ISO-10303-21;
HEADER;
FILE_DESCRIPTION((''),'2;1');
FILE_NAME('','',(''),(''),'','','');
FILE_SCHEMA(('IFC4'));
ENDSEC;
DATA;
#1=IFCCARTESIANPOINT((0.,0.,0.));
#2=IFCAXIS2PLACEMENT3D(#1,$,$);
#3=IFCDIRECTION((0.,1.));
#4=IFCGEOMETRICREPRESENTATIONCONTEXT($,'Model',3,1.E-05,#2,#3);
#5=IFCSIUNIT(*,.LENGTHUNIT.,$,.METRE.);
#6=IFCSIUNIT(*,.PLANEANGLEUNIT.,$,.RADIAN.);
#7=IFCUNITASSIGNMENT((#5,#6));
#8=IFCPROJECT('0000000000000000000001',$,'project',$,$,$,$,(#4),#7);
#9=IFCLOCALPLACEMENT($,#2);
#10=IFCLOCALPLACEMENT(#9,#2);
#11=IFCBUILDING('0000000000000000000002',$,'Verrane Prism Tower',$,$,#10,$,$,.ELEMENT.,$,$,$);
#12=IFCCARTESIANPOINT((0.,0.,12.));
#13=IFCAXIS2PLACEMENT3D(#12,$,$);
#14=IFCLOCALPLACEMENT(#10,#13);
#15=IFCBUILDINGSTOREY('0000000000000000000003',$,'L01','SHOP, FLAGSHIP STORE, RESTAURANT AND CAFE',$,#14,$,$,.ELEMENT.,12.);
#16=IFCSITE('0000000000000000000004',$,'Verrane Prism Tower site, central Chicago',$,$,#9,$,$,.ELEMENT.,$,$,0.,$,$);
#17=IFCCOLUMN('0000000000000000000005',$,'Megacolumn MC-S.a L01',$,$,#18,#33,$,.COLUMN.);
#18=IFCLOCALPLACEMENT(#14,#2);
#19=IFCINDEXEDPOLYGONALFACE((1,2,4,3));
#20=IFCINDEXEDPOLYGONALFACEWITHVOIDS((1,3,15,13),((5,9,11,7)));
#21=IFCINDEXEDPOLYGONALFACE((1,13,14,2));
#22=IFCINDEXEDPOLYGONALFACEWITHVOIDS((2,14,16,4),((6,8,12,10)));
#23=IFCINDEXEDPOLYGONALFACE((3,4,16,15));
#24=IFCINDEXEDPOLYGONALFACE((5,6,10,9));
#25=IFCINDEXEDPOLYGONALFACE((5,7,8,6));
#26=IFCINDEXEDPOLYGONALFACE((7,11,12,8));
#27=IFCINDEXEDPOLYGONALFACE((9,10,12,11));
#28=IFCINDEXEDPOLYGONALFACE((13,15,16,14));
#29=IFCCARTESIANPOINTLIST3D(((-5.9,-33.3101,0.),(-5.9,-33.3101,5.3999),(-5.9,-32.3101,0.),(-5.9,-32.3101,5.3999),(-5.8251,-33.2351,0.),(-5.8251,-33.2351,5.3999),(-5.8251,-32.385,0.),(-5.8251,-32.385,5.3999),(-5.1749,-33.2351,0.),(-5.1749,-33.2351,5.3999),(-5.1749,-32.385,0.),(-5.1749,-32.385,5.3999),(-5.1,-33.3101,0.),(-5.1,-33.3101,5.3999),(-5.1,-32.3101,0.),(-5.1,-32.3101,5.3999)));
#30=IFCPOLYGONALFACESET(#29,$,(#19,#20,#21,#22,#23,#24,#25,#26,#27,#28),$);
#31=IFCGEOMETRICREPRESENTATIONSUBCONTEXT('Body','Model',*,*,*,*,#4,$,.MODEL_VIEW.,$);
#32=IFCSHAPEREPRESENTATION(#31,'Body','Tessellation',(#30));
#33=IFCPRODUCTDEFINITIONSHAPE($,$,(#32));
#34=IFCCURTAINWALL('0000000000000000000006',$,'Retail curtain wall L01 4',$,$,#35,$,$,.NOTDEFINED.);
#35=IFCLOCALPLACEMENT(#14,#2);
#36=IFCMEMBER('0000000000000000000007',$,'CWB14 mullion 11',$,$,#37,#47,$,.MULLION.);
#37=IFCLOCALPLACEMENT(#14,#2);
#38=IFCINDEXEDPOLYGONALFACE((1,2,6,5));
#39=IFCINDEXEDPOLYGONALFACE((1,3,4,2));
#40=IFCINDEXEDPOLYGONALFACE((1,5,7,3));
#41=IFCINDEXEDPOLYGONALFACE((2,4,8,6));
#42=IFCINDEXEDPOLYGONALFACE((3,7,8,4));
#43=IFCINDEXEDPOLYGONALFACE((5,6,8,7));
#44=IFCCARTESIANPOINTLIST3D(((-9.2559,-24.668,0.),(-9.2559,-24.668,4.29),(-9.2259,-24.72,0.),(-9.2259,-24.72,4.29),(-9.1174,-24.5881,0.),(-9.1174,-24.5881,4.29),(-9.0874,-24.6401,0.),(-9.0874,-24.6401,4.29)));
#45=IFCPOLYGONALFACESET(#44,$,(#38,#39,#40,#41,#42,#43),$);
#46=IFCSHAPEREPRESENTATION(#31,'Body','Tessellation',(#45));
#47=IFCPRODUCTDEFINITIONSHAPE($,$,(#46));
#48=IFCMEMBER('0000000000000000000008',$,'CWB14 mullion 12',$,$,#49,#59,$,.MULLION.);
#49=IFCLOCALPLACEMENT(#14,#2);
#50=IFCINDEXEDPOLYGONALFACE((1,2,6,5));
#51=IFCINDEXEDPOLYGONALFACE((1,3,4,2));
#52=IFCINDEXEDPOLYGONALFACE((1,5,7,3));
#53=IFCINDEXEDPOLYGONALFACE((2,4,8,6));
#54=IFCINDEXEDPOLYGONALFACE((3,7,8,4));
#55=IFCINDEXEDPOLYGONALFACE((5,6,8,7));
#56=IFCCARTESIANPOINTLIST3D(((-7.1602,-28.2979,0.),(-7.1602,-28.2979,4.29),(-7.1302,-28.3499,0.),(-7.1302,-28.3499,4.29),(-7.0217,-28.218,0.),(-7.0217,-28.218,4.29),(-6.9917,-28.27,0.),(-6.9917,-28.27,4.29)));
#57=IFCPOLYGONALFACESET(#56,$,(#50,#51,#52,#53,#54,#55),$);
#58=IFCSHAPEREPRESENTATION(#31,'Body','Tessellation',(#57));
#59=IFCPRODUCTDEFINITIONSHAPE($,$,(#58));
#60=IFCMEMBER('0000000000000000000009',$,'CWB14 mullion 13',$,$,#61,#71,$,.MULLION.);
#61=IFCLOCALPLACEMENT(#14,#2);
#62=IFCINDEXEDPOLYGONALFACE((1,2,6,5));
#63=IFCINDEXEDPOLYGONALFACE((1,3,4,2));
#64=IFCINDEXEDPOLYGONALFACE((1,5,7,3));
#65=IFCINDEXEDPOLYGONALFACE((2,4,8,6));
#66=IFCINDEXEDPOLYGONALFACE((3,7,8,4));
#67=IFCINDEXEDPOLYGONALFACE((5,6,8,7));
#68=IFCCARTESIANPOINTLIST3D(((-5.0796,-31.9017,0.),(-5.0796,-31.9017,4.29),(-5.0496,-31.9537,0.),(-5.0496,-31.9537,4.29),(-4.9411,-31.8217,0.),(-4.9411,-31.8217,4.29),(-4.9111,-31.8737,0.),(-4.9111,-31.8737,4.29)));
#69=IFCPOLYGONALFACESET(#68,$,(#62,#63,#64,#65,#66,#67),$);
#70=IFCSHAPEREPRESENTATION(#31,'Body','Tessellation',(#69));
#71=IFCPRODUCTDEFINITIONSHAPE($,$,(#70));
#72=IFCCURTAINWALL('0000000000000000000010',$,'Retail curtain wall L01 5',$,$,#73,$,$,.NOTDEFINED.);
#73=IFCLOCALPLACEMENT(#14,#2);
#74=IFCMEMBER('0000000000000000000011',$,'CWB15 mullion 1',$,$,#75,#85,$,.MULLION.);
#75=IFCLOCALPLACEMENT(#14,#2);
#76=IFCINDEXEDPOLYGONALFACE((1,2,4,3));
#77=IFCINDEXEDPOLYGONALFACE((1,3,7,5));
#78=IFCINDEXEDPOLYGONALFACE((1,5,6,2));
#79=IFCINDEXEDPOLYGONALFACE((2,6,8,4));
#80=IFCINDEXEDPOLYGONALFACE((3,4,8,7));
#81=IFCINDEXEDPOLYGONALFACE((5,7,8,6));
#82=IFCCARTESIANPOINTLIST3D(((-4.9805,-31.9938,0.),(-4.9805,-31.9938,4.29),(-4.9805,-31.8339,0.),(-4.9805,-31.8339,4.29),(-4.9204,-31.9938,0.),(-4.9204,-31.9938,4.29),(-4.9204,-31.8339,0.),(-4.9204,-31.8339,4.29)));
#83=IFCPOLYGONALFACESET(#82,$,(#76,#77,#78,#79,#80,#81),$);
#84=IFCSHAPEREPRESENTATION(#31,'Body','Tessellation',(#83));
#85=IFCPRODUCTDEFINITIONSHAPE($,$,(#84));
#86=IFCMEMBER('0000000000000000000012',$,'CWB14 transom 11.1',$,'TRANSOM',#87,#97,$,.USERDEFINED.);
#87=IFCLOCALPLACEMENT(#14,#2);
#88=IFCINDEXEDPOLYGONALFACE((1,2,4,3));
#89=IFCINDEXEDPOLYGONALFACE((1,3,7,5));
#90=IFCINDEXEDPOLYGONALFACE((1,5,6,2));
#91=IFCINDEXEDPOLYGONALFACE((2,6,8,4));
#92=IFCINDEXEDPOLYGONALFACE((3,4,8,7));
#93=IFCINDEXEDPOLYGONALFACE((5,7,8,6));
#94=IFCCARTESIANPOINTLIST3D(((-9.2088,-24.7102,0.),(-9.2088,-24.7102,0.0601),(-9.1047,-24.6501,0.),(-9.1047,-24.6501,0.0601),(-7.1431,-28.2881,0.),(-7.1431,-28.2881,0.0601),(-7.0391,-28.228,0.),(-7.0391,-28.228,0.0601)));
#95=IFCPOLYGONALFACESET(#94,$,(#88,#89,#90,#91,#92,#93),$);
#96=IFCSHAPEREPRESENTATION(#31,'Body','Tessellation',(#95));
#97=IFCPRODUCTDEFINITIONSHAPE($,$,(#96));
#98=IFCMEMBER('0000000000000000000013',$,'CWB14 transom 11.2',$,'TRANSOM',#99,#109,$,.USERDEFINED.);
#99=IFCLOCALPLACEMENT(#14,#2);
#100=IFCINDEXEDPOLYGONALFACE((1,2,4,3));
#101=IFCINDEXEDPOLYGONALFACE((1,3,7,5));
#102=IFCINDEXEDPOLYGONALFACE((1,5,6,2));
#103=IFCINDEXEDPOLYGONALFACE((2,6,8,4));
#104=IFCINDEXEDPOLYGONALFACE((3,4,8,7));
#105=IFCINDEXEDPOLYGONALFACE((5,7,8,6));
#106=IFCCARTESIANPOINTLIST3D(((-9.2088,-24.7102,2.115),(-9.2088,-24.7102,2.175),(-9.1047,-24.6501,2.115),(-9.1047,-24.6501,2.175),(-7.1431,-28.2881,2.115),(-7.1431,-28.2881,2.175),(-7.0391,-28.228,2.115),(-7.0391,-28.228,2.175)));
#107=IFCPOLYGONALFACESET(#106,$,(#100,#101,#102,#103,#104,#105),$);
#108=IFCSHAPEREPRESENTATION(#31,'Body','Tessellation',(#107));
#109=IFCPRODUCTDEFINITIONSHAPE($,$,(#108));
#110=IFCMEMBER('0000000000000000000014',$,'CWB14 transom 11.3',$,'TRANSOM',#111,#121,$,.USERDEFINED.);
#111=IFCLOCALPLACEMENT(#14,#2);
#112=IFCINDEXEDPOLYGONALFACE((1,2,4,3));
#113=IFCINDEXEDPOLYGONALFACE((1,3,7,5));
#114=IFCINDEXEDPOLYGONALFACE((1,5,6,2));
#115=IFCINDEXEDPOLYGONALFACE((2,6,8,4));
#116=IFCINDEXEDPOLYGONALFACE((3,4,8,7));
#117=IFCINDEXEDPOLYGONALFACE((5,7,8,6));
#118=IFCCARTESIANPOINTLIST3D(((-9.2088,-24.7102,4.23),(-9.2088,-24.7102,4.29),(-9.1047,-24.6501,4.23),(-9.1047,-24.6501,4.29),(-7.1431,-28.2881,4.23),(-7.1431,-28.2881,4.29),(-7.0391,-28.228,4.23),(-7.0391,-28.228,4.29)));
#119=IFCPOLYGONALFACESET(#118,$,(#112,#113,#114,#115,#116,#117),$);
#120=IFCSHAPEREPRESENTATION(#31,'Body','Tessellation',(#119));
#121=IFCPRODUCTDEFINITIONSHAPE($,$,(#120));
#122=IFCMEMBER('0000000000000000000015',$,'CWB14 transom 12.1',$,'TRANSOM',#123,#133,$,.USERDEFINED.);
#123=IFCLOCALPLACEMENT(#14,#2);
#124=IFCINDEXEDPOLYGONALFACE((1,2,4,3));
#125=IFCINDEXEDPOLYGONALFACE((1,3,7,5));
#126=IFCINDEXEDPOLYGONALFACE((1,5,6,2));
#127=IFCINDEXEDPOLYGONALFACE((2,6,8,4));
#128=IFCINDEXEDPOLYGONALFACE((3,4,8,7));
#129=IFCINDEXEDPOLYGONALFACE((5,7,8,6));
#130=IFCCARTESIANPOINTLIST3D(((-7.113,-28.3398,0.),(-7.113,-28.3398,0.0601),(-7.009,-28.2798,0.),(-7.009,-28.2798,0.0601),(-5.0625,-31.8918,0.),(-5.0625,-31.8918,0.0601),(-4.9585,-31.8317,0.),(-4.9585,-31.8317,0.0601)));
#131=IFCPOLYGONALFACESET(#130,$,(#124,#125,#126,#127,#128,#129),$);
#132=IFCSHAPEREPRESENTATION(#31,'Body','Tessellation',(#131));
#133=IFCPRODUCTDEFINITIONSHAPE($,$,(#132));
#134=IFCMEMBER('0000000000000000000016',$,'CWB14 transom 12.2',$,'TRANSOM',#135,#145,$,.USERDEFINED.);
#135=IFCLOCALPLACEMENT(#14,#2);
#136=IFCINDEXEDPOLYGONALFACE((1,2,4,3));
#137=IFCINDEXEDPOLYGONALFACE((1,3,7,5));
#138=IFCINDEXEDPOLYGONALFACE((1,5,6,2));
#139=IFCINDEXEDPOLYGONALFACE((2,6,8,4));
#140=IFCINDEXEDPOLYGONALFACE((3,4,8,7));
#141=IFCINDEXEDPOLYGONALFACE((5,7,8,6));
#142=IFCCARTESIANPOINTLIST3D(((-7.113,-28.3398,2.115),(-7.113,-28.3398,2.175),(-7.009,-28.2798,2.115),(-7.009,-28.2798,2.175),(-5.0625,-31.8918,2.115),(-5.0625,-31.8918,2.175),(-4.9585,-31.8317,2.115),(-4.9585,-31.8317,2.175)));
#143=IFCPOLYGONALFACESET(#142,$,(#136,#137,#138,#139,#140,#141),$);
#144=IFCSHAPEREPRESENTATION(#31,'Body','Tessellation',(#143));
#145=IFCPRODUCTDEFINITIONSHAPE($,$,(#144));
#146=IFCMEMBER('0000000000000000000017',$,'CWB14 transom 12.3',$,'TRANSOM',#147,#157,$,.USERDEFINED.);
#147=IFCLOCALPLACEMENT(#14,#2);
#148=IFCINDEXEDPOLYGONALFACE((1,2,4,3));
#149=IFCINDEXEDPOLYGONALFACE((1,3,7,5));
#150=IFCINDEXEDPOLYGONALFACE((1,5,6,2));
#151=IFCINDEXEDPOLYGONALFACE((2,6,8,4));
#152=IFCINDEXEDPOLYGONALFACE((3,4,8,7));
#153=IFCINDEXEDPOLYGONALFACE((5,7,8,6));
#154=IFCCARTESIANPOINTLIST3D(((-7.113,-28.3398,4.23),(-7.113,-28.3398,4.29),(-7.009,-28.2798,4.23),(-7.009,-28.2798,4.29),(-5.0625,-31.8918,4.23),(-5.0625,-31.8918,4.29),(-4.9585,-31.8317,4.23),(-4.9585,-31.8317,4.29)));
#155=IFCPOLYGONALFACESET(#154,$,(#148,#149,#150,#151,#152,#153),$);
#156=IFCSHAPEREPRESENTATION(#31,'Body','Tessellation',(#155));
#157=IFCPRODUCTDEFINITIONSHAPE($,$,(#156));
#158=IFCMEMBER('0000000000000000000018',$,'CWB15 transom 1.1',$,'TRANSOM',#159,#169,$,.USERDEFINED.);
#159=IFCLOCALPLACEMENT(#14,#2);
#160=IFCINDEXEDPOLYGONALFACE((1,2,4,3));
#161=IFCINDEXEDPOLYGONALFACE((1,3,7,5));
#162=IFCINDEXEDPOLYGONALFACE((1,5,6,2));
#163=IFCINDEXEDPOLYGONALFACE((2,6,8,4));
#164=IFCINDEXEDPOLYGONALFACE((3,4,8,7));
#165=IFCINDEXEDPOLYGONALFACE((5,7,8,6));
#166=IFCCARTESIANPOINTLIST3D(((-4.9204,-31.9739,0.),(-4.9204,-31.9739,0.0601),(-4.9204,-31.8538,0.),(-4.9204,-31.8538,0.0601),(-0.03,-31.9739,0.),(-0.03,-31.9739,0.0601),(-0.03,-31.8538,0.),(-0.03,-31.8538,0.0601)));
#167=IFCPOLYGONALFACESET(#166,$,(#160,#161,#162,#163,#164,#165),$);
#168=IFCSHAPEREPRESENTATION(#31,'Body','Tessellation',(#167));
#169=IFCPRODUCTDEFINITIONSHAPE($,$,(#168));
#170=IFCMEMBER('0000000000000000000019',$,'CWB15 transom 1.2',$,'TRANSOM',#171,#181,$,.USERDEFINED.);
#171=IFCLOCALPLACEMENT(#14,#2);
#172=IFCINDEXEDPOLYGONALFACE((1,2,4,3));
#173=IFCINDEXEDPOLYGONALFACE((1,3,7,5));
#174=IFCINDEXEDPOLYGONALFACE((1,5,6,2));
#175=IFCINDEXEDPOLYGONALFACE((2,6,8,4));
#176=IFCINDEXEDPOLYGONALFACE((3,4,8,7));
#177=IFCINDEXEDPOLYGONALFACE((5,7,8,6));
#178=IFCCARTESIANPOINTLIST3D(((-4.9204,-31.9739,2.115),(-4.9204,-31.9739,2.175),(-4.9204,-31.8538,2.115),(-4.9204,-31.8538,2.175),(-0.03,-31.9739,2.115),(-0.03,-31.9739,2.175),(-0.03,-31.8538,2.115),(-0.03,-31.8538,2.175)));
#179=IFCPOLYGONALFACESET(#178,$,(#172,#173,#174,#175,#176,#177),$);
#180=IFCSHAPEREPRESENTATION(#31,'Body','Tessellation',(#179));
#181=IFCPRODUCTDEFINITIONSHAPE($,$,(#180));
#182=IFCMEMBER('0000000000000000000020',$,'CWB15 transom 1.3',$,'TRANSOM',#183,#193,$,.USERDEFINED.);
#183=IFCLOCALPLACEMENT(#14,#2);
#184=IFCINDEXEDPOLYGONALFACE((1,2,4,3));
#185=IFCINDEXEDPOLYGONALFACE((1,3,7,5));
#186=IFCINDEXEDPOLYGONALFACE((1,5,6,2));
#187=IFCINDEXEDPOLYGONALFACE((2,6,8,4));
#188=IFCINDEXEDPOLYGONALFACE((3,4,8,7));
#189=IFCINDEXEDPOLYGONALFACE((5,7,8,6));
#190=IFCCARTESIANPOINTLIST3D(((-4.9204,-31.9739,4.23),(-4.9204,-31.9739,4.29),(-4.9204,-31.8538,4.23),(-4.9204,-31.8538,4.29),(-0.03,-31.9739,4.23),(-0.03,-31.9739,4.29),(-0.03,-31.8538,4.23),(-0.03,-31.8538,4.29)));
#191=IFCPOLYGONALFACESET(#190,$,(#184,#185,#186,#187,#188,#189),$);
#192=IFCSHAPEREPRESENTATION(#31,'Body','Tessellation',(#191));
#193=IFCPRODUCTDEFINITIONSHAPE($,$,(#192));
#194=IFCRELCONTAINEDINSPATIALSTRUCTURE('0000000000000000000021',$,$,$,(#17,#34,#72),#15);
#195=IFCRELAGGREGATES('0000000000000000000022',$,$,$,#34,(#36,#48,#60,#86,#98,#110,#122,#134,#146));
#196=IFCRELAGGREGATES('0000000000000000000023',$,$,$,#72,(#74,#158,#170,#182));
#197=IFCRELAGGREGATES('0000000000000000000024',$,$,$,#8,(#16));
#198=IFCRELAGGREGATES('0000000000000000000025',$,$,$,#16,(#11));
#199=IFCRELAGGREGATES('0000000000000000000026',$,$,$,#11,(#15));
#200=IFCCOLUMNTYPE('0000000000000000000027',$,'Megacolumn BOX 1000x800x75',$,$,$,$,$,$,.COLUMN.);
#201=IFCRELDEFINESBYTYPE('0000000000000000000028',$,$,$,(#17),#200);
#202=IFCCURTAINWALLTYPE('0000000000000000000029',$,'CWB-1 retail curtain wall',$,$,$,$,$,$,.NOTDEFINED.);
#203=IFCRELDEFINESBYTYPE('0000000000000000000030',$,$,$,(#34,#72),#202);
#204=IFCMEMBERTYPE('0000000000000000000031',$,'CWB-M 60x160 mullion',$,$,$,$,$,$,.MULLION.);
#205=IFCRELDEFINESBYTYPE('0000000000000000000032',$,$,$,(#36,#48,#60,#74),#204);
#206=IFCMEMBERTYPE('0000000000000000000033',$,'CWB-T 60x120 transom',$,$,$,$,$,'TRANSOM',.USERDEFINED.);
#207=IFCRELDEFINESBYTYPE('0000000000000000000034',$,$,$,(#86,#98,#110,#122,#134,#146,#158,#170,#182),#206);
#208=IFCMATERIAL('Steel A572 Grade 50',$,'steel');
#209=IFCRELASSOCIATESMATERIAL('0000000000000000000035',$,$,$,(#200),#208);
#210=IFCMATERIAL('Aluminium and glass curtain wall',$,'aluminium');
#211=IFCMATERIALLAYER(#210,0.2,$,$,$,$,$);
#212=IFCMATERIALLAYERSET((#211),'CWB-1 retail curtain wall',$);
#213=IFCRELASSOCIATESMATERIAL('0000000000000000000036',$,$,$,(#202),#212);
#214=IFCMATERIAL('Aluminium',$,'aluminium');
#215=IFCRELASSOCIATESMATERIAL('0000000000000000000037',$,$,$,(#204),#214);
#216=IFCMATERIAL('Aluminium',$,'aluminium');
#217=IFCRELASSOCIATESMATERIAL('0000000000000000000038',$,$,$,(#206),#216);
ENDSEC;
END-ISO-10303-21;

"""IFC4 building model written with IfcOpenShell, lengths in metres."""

from ifc_helpers import new_model, si_unit, direction, frame, origin, origin_2d, place, context, subcontext, project, spatial, rectangle, hollow_rectangle, extrude, material, layer, layer_set, material_profile, profile_set, type_object, element, aggregate, save


model = new_model("IFC4")

# Units and contexts
model_context = context("Model", 3, precision=1e-05, world=origin(), true_north=direction((0.0, 1.0)))
body_context = subcontext(model_context, "Body", "Model", "MODEL_VIEW")
ifc_project = project(units=[si_unit("LENGTHUNIT", "METRE"), si_unit("PLANEANGLEUNIT", "RADIAN")], contexts=[model_context])

# Site, building, storey
site_placement = place(None, origin())
site = spatial("IfcSite", under=ifc_project, at=site_placement, Name="Verrane Prism Tower site, central Chicago", CompositionType="ELEMENT", RefElevation=0.0)
building_placement = place(site_placement, origin())
building = spatial("IfcBuilding", under=site, at=building_placement, Name="Verrane Prism Tower", CompositionType="ELEMENT")
storey_placement = place(building_placement, frame((0.0, 0.0, 12.0)))
storey = spatial("IfcBuildingStorey", under=building, at=storey_placement, Name="L01", Description="SHOP, FLAGSHIP STORE, RESTAURANT AND CAFE", CompositionType="ELEMENT", Elevation=12.0)

# Column
ifc_material_1 = material(Name="Steel A572 Grade 50", Category="steel")
ifc_material_profile_1 = material_profile(ifc_material_1, hollow_rectangle(XDim=0.8, YDim=1.0, WallThickness=0.075, at=origin_2d()), Name="BOX 1000x800x75")
ifc_profile_set_1 = profile_set([ifc_material_profile_1], Name="Steel A572 Grade 50")
column_type = type_object("IfcColumnType", Name="Megacolumn BOX 1000x800x75", PredefinedType="COLUMN", material=ifc_profile_set_1)
column_placement = place(storey_placement, frame((-5.5, -32.8101, 0.0), z_axis=(0.0, 0.0, 1.0), x_axis=(-1.0, 0.0, 0.0)))
element("IfcColumn", 1, at=column_placement, inside=storey, type_object=column_type, Name="Megacolumn MC-S.a L01", PredefinedType="COLUMN", context=body_context, shape_type="SweptSolid", body=[
    extrude(hollow_rectangle(XDim=0.8, YDim=1.0, WallThickness=0.075, at=origin_2d()), origin(), (0.0, 0.0, 1.0), 5.3999),
])

# Curtain wall, members
ifc_material_2 = material(Name="Aluminium and glass curtain wall", Category="aluminium")
ifc_layer_1 = layer(ifc_material_2, 0.2)
ifc_layer_set_1 = layer_set([ifc_layer_1], Name="CWB-1 retail curtain wall")
curtain_wall_type = type_object("IfcCurtainWallType", Name="CWB-1 retail curtain wall", PredefinedType="NOTDEFINED", material=ifc_layer_set_1)
curtain_wall_1_placement = place(storey_placement, origin())
curtain_wall_1 = element("IfcCurtainWall", 2, at=curtain_wall_1_placement, inside=storey, type_object=curtain_wall_type, Name="Retail curtain wall L01 4", PredefinedType="NOTDEFINED")
ifc_material_3 = material(Name="Aluminium", Category="aluminium")
ifc_material_profile_2 = material_profile(ifc_material_3, rectangle(XDim=0.1599, YDim=0.0601, at=origin_2d()), Name="CWB-M 60x160 mullion")
ifc_profile_set_2 = profile_set([ifc_material_profile_2], Name="Aluminium")
member_type_1 = type_object("IfcMemberType", Name="CWB-M 60x160 mullion", PredefinedType="MULLION", material=ifc_profile_set_2)
member_1_placement = place(storey_placement, frame((-9.1716, -24.6541, 0.0), z_axis=(0.0, 0.0, 1.0), x_axis=(0.866025, 0.5, 0.0)))
member_1 = element("IfcMember", 3, at=member_1_placement, type_object=member_type_1, Name="CWB14 mullion 11", PredefinedType="MULLION", context=body_context, shape_type="SweptSolid", body=[
    extrude(rectangle(XDim=0.1599, YDim=0.0601, at=origin_2d()), origin(), (0.0, 0.0, 1.0), 4.29),
])
member_2_placement = place(storey_placement, frame((-7.0759, -28.2839, 0.0), z_axis=(0.0, 0.0, 1.0), x_axis=(0.866025, 0.5, 0.0)))
member_2 = element("IfcMember", 4, at=member_2_placement, type_object=member_type_1, Name="CWB14 mullion 12", PredefinedType="MULLION", context=body_context, shape_type="SweptSolid", body=[
    extrude(rectangle(XDim=0.1599, YDim=0.0601, at=origin_2d()), origin(), (0.0, 0.0, 1.0), 4.29),
])
member_3_placement = place(storey_placement, frame((-4.9954, -31.8877, 0.0), z_axis=(0.0, 0.0, 1.0), x_axis=(0.866025, 0.5, 0.0)))
member_3 = element("IfcMember", 5, at=member_3_placement, type_object=member_type_1, Name="CWB14 mullion 13", PredefinedType="MULLION", context=body_context, shape_type="SweptSolid", body=[
    extrude(rectangle(XDim=0.1599, YDim=0.0601, at=origin_2d()), origin(), (0.0, 0.0, 1.0), 4.29),
])

# Curtain wall, member
curtain_wall_2_placement = place(storey_placement, origin())
curtain_wall_2 = element("IfcCurtainWall", 6, at=curtain_wall_2_placement, inside=storey, type_object=curtain_wall_type, Name="Retail curtain wall L01 5", PredefinedType="NOTDEFINED")
member_4_placement = place(storey_placement, frame((-4.9504, -31.9138, 0.0), z_axis=(0.0, 0.0, 1.0), x_axis=(0.0, 1.0, 0.0)))
member_4 = element("IfcMember", 7, at=member_4_placement, type_object=member_type_1, Name="CWB15 mullion 1", PredefinedType="MULLION", context=body_context, shape_type="SweptSolid", body=[
    extrude(rectangle(XDim=0.1599, YDim=0.0601, at=origin_2d()), origin(), (0.0, 0.0, 1.0), 4.29),
])

# Members
ifc_material_4 = material(Name="Aluminium", Category="aluminium")
ifc_material_profile_3 = material_profile(ifc_material_4, rectangle(XDim=0.1201, YDim=0.0601, at=origin_2d()), Name="CWB-T 60x120 transom")
ifc_profile_set_3 = profile_set([ifc_material_profile_3], Name="Aluminium")
member_type_2 = type_object("IfcMemberType", Name="CWB-T 60x120 transom", ElementType="TRANSOM", PredefinedType="USERDEFINED", material=ifc_profile_set_3)
member_5_placement = place(storey_placement, frame((-9.1567, -24.6802, 0.03), z_axis=(0.499997, -0.866027, 0.0), x_axis=(0.866027, 0.499997, 0.0)))
member_5 = element("IfcMember", 8, at=member_5_placement, type_object=member_type_2, Name="CWB14 transom 11.1", ObjectType="TRANSOM", PredefinedType="USERDEFINED", context=body_context, shape_type="SweptSolid", body=[
    extrude(rectangle(XDim=0.1201, YDim=0.0601, at=origin_2d()), origin(), (0.0, 0.0, 1.0), 4.1313),
])
member_6_placement = place(storey_placement, frame((-9.1567, -24.6802, 2.145), z_axis=(0.499997, -0.866027, 0.0), x_axis=(0.866027, 0.499997, 0.0)))
member_6 = element("IfcMember", 9, at=member_6_placement, type_object=member_type_2, Name="CWB14 transom 11.2", ObjectType="TRANSOM", PredefinedType="USERDEFINED", context=body_context, shape_type="SweptSolid", body=[
    extrude(rectangle(XDim=0.1201, YDim=0.0601, at=origin_2d()), origin(), (0.0, 0.0, 1.0), 4.1313),
])
member_7_placement = place(storey_placement, frame((-9.1567, -24.6802, 4.26), z_axis=(0.499997, -0.866027, 0.0), x_axis=(0.866027, 0.499997, 0.0)))
member_7 = element("IfcMember", 10, at=member_7_placement, type_object=member_type_2, Name="CWB14 transom 11.3", ObjectType="TRANSOM", PredefinedType="USERDEFINED", context=body_context, shape_type="SweptSolid", body=[
    extrude(rectangle(XDim=0.1201, YDim=0.0601, at=origin_2d()), origin(), (0.0, 0.0, 1.0), 4.1313),
])
member_8_placement = place(storey_placement, frame((-7.061, -28.3098, 0.03), z_axis=(0.499961, -0.866048, 0.0), x_axis=(0.866048, 0.499961, 0.0)))
member_8 = element("IfcMember", 11, at=member_8_placement, type_object=member_type_2, Name="CWB14 transom 12.1", ObjectType="TRANSOM", PredefinedType="USERDEFINED", context=body_context, shape_type="SweptSolid", body=[
    extrude(rectangle(XDim=0.1201, YDim=0.0601, at=origin_2d()), origin(), (0.0, 0.0, 1.0), 4.1013),
])
member_9_placement = place(storey_placement, frame((-7.061, -28.3098, 2.145), z_axis=(0.499961, -0.866048, 0.0), x_axis=(0.866048, 0.499961, 0.0)))
member_9 = element("IfcMember", 12, at=member_9_placement, type_object=member_type_2, Name="CWB14 transom 12.2", ObjectType="TRANSOM", PredefinedType="USERDEFINED", context=body_context, shape_type="SweptSolid", body=[
    extrude(rectangle(XDim=0.1201, YDim=0.0601, at=origin_2d()), origin(), (0.0, 0.0, 1.0), 4.1013),
])
member_10_placement = place(storey_placement, frame((-7.061, -28.3098, 4.26), z_axis=(0.499961, -0.866048, 0.0), x_axis=(0.866048, 0.499961, 0.0)))
member_10 = element("IfcMember", 13, at=member_10_placement, type_object=member_type_2, Name="CWB14 transom 12.3", ObjectType="TRANSOM", PredefinedType="USERDEFINED", context=body_context, shape_type="SweptSolid", body=[
    extrude(rectangle(XDim=0.1201, YDim=0.0601, at=origin_2d()), origin(), (0.0, 0.0, 1.0), 4.1013),
])
member_11_placement = place(storey_placement, frame((-4.9204, -31.9138, 0.03), z_axis=(1.0, 0.0, 0.0), x_axis=(0.0, 1.0, 0.0)))
member_11 = element("IfcMember", 14, at=member_11_placement, type_object=member_type_2, Name="CWB15 transom 1.1", ObjectType="TRANSOM", PredefinedType="USERDEFINED", context=body_context, shape_type="SweptSolid", body=[
    extrude(rectangle(XDim=0.1201, YDim=0.0601, at=origin_2d()), origin(), (0.0, 0.0, 1.0), 4.8904),
])
member_12_placement = place(storey_placement, frame((-4.9204, -31.9138, 2.145), z_axis=(1.0, 0.0, 0.0), x_axis=(0.0, 1.0, 0.0)))
member_12 = element("IfcMember", 15, at=member_12_placement, type_object=member_type_2, Name="CWB15 transom 1.2", ObjectType="TRANSOM", PredefinedType="USERDEFINED", context=body_context, shape_type="SweptSolid", body=[
    extrude(rectangle(XDim=0.1201, YDim=0.0601, at=origin_2d()), origin(), (0.0, 0.0, 1.0), 4.8904),
])
member_13_placement = place(storey_placement, frame((-4.9204, -31.9138, 4.26), z_axis=(1.0, 0.0, 0.0), x_axis=(0.0, 1.0, 0.0)))
member_13 = element("IfcMember", 16, at=member_13_placement, type_object=member_type_2, Name="CWB15 transom 1.3", ObjectType="TRANSOM", PredefinedType="USERDEFINED", context=body_context, shape_type="SweptSolid", body=[
    extrude(rectangle(XDim=0.1201, YDim=0.0601, at=origin_2d()), origin(), (0.0, 0.0, 1.0), 4.8904),
])

aggregate(curtain_wall_1, [member_1, member_2, member_3, member_5, member_6, member_7, member_8, member_9, member_10])
aggregate(curtain_wall_2, [member_4, member_11, member_12, member_13])

save(model, "model.ifc")
